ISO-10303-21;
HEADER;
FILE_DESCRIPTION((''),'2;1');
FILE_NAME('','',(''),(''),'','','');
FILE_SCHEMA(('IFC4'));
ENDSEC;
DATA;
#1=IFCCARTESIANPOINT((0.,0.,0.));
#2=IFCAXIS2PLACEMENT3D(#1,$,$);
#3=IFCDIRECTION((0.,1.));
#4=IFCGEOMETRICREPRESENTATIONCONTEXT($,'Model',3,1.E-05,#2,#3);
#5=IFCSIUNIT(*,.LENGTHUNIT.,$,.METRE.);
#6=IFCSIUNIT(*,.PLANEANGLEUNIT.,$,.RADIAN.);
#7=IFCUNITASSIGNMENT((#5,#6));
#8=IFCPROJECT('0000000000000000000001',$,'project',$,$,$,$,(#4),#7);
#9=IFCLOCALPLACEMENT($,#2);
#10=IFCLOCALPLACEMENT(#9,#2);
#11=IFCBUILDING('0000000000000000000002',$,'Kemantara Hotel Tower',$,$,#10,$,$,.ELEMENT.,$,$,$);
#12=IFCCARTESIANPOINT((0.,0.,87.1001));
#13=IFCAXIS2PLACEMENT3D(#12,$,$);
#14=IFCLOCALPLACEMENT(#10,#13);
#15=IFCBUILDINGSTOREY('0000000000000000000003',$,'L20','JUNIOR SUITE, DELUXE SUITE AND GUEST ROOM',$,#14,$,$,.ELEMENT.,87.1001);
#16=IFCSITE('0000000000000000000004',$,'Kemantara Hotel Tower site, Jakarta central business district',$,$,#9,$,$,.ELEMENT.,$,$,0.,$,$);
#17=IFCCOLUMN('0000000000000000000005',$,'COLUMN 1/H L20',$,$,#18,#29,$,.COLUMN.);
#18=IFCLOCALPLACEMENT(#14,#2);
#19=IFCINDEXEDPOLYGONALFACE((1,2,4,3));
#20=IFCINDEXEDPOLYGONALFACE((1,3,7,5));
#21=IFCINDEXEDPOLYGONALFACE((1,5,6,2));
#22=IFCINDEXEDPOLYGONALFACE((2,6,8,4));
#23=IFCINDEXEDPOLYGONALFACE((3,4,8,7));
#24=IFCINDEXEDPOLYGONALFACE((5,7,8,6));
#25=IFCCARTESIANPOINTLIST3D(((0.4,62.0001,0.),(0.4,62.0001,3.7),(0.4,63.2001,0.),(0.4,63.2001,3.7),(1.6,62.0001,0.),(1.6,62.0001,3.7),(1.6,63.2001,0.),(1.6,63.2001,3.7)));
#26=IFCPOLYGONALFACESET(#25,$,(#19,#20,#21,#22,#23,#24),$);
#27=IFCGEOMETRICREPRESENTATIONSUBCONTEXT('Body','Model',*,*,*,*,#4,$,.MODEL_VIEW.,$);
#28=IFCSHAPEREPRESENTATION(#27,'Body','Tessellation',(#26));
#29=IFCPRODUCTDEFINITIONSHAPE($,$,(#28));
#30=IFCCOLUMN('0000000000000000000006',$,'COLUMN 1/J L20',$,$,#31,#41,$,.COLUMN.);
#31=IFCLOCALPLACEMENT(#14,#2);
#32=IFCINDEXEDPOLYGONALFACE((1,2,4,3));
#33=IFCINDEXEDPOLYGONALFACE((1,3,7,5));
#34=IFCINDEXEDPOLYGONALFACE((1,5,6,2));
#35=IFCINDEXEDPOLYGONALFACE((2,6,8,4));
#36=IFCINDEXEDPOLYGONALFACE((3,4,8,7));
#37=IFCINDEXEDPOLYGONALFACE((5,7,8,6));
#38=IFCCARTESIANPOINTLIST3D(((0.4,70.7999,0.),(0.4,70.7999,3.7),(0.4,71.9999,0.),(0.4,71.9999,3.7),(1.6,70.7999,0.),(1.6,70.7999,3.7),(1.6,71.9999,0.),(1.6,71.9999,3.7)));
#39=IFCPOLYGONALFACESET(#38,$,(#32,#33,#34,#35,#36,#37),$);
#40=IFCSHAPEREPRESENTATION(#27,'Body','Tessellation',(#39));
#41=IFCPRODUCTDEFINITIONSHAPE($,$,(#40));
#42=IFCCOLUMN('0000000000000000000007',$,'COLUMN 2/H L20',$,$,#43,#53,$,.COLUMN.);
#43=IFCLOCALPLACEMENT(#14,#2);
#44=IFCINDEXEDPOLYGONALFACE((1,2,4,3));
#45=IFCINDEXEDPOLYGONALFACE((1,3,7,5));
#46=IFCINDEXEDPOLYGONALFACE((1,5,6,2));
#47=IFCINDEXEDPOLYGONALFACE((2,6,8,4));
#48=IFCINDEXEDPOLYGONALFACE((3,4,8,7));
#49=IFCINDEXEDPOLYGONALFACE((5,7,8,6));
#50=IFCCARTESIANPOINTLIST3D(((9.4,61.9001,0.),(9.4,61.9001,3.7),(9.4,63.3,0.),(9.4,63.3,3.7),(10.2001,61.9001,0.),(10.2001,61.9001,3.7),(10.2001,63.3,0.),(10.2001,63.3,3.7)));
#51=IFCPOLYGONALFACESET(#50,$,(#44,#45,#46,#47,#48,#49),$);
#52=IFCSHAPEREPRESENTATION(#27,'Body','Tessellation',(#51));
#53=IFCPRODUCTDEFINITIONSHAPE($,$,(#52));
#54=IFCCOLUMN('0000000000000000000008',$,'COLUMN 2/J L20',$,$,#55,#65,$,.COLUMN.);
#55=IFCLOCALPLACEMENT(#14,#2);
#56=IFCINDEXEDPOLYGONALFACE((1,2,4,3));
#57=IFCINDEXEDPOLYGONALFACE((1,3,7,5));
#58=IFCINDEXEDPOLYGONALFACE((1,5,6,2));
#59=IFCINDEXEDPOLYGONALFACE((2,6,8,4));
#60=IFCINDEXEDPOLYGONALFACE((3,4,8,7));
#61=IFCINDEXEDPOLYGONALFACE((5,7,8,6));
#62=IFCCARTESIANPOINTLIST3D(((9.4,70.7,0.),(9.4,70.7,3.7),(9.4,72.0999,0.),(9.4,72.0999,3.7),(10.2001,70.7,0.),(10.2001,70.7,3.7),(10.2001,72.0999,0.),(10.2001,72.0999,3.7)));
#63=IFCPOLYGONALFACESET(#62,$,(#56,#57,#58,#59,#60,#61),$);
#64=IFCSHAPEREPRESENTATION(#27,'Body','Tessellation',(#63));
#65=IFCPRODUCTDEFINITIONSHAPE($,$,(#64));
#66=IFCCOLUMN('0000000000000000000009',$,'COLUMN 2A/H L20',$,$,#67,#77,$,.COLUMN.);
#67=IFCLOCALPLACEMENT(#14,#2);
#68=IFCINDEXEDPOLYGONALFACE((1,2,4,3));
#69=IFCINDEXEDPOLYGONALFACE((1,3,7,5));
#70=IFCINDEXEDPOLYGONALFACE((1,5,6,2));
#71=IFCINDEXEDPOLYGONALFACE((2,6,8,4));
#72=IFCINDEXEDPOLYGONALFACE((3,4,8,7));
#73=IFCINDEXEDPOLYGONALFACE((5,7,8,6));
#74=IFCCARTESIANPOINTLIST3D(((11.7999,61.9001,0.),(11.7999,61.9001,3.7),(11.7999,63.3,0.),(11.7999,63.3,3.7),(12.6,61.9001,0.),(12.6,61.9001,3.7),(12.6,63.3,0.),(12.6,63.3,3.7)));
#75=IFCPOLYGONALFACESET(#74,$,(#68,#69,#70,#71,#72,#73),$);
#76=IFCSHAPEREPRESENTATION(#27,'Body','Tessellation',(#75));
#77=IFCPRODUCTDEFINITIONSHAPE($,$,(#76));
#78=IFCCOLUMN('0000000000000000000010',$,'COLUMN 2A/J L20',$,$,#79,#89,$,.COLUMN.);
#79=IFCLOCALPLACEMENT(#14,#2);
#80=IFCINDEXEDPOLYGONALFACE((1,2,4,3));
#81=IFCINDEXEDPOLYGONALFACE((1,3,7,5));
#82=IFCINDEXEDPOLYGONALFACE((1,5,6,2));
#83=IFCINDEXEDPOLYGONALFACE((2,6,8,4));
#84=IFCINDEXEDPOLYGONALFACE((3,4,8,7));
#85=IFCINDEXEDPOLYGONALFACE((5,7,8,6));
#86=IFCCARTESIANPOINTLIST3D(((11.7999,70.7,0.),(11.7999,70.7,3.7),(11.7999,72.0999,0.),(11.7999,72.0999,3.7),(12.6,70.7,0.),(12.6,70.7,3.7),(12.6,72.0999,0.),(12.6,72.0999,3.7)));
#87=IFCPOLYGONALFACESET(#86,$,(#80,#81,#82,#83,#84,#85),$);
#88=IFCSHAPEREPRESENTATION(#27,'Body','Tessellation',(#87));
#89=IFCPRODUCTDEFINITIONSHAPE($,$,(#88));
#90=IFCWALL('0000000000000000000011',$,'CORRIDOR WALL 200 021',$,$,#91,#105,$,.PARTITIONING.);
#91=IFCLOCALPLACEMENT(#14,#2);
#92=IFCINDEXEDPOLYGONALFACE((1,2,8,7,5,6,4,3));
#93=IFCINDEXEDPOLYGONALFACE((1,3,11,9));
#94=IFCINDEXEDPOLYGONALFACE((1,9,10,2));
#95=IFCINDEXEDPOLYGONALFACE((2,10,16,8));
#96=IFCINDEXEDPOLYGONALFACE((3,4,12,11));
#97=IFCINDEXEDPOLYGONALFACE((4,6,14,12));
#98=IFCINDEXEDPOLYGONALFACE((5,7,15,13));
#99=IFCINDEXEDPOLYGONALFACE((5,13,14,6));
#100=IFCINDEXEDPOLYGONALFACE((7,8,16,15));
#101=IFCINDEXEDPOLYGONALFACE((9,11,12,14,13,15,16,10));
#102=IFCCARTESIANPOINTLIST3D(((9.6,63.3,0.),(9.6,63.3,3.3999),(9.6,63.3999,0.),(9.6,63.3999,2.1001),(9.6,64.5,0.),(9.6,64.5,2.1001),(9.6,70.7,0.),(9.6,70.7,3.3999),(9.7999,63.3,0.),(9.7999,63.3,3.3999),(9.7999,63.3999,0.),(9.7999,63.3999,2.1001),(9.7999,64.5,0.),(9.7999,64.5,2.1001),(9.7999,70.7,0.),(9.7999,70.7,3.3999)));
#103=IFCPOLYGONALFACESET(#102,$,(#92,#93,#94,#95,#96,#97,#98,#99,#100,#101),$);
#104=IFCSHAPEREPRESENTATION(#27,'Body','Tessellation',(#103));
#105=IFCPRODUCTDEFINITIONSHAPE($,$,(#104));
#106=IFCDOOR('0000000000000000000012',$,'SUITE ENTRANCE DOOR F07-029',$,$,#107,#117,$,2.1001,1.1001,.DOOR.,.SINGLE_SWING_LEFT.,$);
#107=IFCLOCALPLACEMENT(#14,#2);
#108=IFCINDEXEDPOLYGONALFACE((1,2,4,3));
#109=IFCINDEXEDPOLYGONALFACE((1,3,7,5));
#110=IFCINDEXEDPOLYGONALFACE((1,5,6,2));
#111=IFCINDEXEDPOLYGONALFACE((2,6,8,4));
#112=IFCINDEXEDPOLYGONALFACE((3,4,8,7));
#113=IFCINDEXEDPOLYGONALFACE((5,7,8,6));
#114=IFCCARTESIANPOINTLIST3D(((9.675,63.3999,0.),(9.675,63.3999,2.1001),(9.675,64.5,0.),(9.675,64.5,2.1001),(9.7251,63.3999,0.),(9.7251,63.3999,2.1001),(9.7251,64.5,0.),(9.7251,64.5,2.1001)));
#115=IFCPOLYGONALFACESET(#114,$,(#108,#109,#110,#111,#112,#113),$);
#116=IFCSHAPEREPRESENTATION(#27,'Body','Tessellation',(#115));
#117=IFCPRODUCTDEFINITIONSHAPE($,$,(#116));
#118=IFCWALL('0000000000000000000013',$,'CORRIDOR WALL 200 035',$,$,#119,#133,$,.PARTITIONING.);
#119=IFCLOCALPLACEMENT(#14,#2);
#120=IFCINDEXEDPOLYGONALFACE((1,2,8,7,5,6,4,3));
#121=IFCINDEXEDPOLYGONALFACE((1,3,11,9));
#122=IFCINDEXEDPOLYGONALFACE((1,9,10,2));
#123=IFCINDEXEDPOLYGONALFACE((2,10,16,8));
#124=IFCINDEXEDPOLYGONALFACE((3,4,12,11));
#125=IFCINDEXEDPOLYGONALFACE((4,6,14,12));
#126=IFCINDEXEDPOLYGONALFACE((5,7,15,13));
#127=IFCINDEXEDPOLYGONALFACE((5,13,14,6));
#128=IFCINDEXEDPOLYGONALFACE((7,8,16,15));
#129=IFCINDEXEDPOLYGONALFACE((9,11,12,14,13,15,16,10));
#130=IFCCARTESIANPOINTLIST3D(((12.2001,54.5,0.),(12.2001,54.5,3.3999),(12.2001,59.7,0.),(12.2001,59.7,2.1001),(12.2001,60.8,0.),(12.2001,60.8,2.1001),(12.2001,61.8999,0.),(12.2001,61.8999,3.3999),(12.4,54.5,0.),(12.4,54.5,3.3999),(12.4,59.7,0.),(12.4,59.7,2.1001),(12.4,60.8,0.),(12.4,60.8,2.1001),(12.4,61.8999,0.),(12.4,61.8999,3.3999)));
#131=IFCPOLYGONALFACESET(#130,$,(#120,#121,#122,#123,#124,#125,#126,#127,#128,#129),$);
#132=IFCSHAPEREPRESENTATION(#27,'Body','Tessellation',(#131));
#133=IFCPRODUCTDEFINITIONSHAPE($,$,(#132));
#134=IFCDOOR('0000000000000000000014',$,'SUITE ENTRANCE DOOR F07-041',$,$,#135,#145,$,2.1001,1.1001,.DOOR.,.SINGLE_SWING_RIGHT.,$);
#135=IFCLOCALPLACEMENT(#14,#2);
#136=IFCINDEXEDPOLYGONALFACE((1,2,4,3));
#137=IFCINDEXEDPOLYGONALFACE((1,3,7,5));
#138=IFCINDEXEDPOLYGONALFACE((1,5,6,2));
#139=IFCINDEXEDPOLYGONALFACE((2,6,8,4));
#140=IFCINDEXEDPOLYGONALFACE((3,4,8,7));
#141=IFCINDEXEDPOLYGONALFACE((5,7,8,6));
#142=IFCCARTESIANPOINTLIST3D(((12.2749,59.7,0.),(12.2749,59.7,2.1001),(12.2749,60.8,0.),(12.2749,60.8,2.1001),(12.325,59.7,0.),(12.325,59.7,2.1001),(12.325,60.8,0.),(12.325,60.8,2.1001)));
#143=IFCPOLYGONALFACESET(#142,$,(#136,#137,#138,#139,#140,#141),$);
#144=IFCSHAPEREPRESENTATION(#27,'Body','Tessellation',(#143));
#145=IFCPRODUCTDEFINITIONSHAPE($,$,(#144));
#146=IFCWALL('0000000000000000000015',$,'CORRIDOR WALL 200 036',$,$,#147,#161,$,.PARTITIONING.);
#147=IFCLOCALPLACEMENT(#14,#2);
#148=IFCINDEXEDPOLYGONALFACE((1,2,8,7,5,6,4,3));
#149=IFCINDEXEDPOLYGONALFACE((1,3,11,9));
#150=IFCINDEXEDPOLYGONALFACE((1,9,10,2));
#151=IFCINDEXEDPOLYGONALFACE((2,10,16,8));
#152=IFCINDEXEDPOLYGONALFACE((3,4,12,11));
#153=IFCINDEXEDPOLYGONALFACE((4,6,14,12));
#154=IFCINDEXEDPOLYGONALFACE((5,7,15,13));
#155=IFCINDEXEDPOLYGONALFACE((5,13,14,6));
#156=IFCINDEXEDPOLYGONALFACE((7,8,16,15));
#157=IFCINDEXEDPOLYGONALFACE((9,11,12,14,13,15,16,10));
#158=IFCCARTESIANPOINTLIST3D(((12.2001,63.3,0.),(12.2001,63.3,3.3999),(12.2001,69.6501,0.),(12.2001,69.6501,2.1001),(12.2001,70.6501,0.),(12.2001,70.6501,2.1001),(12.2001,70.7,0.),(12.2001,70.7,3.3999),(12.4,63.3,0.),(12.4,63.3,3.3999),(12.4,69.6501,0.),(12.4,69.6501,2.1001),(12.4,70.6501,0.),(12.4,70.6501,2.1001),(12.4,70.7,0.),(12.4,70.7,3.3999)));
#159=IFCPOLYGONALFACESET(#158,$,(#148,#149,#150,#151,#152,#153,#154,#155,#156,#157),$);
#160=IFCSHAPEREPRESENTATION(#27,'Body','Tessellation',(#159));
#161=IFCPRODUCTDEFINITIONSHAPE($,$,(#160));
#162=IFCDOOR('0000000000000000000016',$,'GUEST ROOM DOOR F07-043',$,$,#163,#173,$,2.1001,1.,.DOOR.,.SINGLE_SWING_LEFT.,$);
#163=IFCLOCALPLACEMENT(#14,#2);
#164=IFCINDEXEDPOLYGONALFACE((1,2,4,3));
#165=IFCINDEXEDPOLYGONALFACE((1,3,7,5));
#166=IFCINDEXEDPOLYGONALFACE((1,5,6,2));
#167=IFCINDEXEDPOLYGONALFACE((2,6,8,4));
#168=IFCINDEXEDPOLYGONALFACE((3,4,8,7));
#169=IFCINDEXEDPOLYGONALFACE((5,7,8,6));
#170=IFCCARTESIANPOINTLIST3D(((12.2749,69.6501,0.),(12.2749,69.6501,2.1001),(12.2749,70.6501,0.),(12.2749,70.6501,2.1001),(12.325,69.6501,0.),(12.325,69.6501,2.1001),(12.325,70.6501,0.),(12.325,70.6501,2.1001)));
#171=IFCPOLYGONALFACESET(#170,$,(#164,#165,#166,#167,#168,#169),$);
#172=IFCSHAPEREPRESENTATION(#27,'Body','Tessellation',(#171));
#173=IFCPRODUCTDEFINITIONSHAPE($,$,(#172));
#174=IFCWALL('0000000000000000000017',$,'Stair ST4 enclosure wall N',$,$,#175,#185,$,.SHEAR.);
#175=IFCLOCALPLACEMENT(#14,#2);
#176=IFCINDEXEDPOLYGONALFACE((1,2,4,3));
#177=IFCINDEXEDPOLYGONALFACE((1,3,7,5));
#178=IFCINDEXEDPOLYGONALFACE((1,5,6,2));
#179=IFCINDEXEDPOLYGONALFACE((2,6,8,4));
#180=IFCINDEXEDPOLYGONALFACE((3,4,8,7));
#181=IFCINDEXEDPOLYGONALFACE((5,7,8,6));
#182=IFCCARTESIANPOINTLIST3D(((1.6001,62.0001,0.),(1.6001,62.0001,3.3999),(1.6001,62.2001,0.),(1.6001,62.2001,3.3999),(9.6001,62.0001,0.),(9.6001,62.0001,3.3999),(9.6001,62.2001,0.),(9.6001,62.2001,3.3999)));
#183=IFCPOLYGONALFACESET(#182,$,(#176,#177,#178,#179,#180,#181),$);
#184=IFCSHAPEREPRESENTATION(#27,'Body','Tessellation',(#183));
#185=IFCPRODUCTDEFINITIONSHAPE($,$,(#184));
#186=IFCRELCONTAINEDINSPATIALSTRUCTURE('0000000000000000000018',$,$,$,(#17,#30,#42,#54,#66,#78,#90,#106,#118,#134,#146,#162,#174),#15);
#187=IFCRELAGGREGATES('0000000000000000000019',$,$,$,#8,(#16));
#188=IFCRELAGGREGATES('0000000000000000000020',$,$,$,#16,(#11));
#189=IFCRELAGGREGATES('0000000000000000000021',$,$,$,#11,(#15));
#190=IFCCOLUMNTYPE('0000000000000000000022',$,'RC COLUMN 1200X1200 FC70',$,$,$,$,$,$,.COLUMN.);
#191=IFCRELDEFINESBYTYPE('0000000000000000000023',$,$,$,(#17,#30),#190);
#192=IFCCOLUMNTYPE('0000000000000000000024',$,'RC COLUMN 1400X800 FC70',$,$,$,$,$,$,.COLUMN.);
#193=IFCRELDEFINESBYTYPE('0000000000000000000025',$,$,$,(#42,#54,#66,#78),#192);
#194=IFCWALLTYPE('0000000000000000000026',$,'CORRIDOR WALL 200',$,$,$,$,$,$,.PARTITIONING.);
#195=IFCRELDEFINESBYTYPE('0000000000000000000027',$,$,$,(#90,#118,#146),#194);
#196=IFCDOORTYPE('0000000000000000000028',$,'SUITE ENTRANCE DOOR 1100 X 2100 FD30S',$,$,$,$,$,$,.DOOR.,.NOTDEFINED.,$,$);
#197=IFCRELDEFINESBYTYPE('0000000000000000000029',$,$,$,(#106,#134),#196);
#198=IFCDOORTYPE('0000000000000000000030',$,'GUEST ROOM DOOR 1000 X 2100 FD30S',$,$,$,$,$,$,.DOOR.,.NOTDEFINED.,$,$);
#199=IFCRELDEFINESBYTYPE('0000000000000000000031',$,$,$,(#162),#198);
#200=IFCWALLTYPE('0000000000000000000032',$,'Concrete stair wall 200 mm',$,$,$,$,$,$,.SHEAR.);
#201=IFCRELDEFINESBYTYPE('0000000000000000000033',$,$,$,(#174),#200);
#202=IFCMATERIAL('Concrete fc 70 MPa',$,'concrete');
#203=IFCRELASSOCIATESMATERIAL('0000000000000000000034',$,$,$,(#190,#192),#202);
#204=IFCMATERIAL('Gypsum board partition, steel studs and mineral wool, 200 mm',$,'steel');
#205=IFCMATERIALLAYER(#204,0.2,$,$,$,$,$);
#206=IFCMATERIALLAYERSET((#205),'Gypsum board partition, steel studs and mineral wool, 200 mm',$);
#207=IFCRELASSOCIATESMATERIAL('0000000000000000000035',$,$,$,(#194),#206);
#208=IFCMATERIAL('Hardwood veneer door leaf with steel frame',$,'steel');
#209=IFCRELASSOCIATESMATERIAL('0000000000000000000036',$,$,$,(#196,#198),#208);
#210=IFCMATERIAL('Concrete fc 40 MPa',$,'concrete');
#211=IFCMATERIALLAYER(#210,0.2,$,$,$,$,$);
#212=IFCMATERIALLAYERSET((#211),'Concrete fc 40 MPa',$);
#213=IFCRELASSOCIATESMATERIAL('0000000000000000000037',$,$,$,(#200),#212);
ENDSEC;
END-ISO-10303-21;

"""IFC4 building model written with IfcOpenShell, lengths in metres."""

from ifc_helpers import new_model, si_unit, direction, frame, frame_2d, origin, origin_2d, place, context, subcontext, project, spatial, rectangle, extrude, material, layer, layer_set, material_profile, profile_set, type_object, element, fill, save


model = new_model("IFC4")

# Units and contexts
model_context = context("Model", 3, precision=1e-05, world=origin(), true_north=direction((0.0, 1.0)))
body_context = subcontext(model_context, "Body", "Model", "MODEL_VIEW")
ifc_project = project(units=[si_unit("LENGTHUNIT", "METRE"), si_unit("PLANEANGLEUNIT", "RADIAN")], contexts=[model_context])

# Site, building, storey
site_placement = place(None, origin())
site = spatial("IfcSite", under=ifc_project, at=site_placement, Name="Kemantara Hotel Tower site, Jakarta central business district", CompositionType="ELEMENT", RefElevation=0.0)
building_placement = place(site_placement, origin())
building = spatial("IfcBuilding", under=site, at=building_placement, Name="Kemantara Hotel Tower", CompositionType="ELEMENT")
storey_placement = place(building_placement, frame((0.0, 0.0, 87.1001)))
storey = spatial("IfcBuildingStorey", under=building, at=storey_placement, Name="L20", Description="JUNIOR SUITE, DELUXE SUITE AND GUEST ROOM", CompositionType="ELEMENT", Elevation=87.1001)

# Columns
ifc_material_1 = material(Name="Concrete fc 70 MPa", Category="concrete")
ifc_material_profile_1 = material_profile(ifc_material_1, rectangle(XDim=1.2, YDim=1.2, at=origin_2d()), Name="RC 1200X1200")
ifc_profile_set_1 = profile_set([ifc_material_profile_1], Name="Concrete fc 70 MPa")
column_type_1 = type_object("IfcColumnType", Name="RC COLUMN 1200X1200 FC70", PredefinedType="COLUMN", material=ifc_profile_set_1)
for number, where, z_axis, x_axis, name in (
    (1, (1.0, 62.6001, 0.0), (0.0, 0.0, 1.0), (1.0, 0.0, 0.0), "COLUMN 1/H L20"),
    (2, (1.0, 71.3999, 0.0), (0.0, 0.0, 1.0), (1.0, 0.0, 0.0), "COLUMN 1/J L20"),
):
    element("IfcColumn", number, at=place(storey_placement, frame(where, z_axis=z_axis, x_axis=x_axis)), inside=storey, type_object=column_type_1, Name=name, PredefinedType="COLUMN", context=body_context, shape_type="SweptSolid", body=[
        extrude(rectangle(XDim=1.2, YDim=1.2, at=origin_2d()), origin(), (0.0, 0.0, 1.0), 3.7),
    ])
ifc_material_profile_2 = material_profile(ifc_material_1, rectangle(XDim=1.3999, YDim=0.8, at=origin_2d()), Name="RC 1400X800")
ifc_profile_set_2 = profile_set([ifc_material_profile_2], Name="Concrete fc 70 MPa")
column_type_2 = type_object("IfcColumnType", Name="RC COLUMN 1400X800 FC70", PredefinedType="COLUMN", material=ifc_profile_set_2)
for number, where, z_axis, x_axis, name in (
    (3, (9.8, 62.6001, 0.0), (0.0, 0.0, 1.0), (0.0, 1.0, 0.0), "COLUMN 2/H L20"),
    (4, (9.8, 71.3999, 0.0), (0.0, 0.0, 1.0), (0.0, 1.0, 0.0), "COLUMN 2/J L20"),
    (5, (12.2, 62.6001, 0.0), (0.0, 0.0, 1.0), (0.0, 1.0, 0.0), "COLUMN 2A/H L20"),
    (6, (12.2, 71.3999, 0.0), (0.0, 0.0, 1.0), (0.0, 1.0, 0.0), "COLUMN 2A/J L20"),
):
    element("IfcColumn", number, at=place(storey_placement, frame(where, z_axis=z_axis, x_axis=x_axis)), inside=storey, type_object=column_type_2, Name=name, PredefinedType="COLUMN", context=body_context, shape_type="SweptSolid", body=[
        extrude(rectangle(XDim=1.3999, YDim=0.8, at=origin_2d()), origin(), (0.0, 0.0, 1.0), 3.7),
    ])

# Walls, openings, doors
ifc_material_2 = material(Name="Gypsum board partition, steel studs and mineral wool, 200 mm", Category="steel")
ifc_layer_1 = layer(ifc_material_2, 0.2)
ifc_layer_set_1 = layer_set([ifc_layer_1], Name="Gypsum board partition, steel studs and mineral wool, 200 mm")
wall_type_1 = type_object("IfcWallType", Name="CORRIDOR WALL 200", PredefinedType="PARTITIONING", material=ifc_layer_set_1)
wall_1_placement = place(storey_placement, frame((9.7, 63.3, 0.0), z_axis=(0.0, 0.0, 1.0), x_axis=(0.0, 1.0, 0.0)))
wall_1 = element("IfcWall", 7, at=wall_1_placement, inside=storey, type_object=wall_type_1, Name="CORRIDOR WALL 200 021", PredefinedType="PARTITIONING", context=body_context, shape_type="SweptSolid", body=[
    extrude(rectangle(XDim=7.3999, YDim=0.2, at=frame_2d((3.7, 0.0))), origin(), (0.0, 0.0, 1.0), 3.3999),
])
opening_1_placement = place(wall_1_placement, frame((0.0999, 0.0, 0.0)))
opening_1 = element("IfcOpeningElement", 8, at=opening_1_placement, cuts=wall_1, PredefinedType="OPENING", context=body_context, shape_type="SweptSolid", body=[
    extrude(rectangle(XDim=1.1001, YDim=2.1001, at=frame_2d((0.55, 1.05))), frame((0.0, 0.1099, 0.0), z_axis=(0.0, -1.0, 0.0), x_axis=(1.0, 0.0, 0.0)), (0.0, 0.0, 1.0), 0.22),
])
ifc_material_3 = material(Name="Hardwood veneer door leaf with steel frame", Category="steel")
door_type_1 = type_object("IfcDoorType", Name="SUITE ENTRANCE DOOR 1100 X 2100 FD30S", OperationType="NOTDEFINED", PredefinedType="DOOR", material=ifc_material_3)
door_1_placement = place(opening_1_placement, origin())
door_1 = element("IfcDoor", 9, at=door_1_placement, inside=storey, type_object=door_type_1, Name="SUITE ENTRANCE DOOR F07-029", OperationType="SINGLE_SWING_LEFT", OverallHeight=2.1001, OverallWidth=1.1001, PredefinedType="DOOR", context=body_context, shape_type="SweptSolid", body=[
    extrude(rectangle(XDim=1.1001, YDim=2.1001, at=frame_2d((0.55, 1.05))), frame((0.0, 0.0249, 0.0), z_axis=(0.0, -1.0, 0.0), x_axis=(1.0, 0.0, 0.0)), (0.0, 0.0, 1.0), 0.05),
])
fill(opening_1, door_1)
wall_2_placement = place(storey_placement, frame((12.3, 61.8999, 0.0), z_axis=(0.0, 0.0, 1.0), x_axis=(0.0, -1.0, 0.0)))
wall_2 = element("IfcWall", 10, at=wall_2_placement, inside=storey, type_object=wall_type_1, Name="CORRIDOR WALL 200 035", PredefinedType="PARTITIONING", context=body_context, shape_type="SweptSolid", body=[
    extrude(rectangle(XDim=7.3999, YDim=0.2, at=frame_2d((3.7, 0.0))), origin(), (0.0, 0.0, 1.0), 3.3999),
])
opening_2_placement = place(wall_2_placement, frame((1.0999, 0.0, 0.0)))
opening_2 = element("IfcOpeningElement", 11, at=opening_2_placement, cuts=wall_2, PredefinedType="OPENING", context=body_context, shape_type="SweptSolid", body=[
    extrude(rectangle(XDim=1.1001, YDim=2.1001, at=frame_2d((0.55, 1.05))), frame((0.0, 0.1099, 0.0), z_axis=(0.0, -1.0, 0.0), x_axis=(1.0, 0.0, 0.0)), (0.0, 0.0, 1.0), 0.22),
])
door_2_placement = place(opening_2_placement, origin())
door_2 = element("IfcDoor", 12, at=door_2_placement, inside=storey, type_object=door_type_1, Name="SUITE ENTRANCE DOOR F07-041", OperationType="SINGLE_SWING_RIGHT", OverallHeight=2.1001, OverallWidth=1.1001, PredefinedType="DOOR", context=body_context, shape_type="SweptSolid", body=[
    extrude(rectangle(XDim=1.1001, YDim=2.1001, at=frame_2d((0.55, 1.05))), frame((0.0, 0.0249, 0.0), z_axis=(0.0, -1.0, 0.0), x_axis=(1.0, 0.0, 0.0)), (0.0, 0.0, 1.0), 0.05),
])
fill(opening_2, door_2)
wall_3_placement = place(storey_placement, frame((12.3, 70.7, 0.0), z_axis=(0.0, 0.0, 1.0), x_axis=(0.0, -1.0, 0.0)))
wall_3 = element("IfcWall", 13, at=wall_3_placement, inside=storey, type_object=wall_type_1, Name="CORRIDOR WALL 200 036", PredefinedType="PARTITIONING", context=body_context, shape_type="SweptSolid", body=[
    extrude(rectangle(XDim=7.3999, YDim=0.2, at=frame_2d((3.7, 0.0))), origin(), (0.0, 0.0, 1.0), 3.3999),
])
opening_3_placement = place(wall_3_placement, frame((0.0498, 0.0, 0.0)))
opening_3 = element("IfcOpeningElement", 14, at=opening_3_placement, cuts=wall_3, PredefinedType="OPENING", context=body_context, shape_type="SweptSolid", body=[
    extrude(rectangle(XDim=1.0, YDim=2.1001, at=frame_2d((0.5, 1.05))), frame((0.0, 0.1099, 0.0), z_axis=(0.0, -1.0, 0.0), x_axis=(1.0, 0.0, 0.0)), (0.0, 0.0, 1.0), 0.22),
])
door_type_2 = type_object("IfcDoorType", Name="GUEST ROOM DOOR 1000 X 2100 FD30S", OperationType="NOTDEFINED", PredefinedType="DOOR", material=ifc_material_3)
door_3_placement = place(opening_3_placement, origin())
door_3 = element("IfcDoor", 15, at=door_3_placement, inside=storey, type_object=door_type_2, Name="GUEST ROOM DOOR F07-043", OperationType="SINGLE_SWING_LEFT", OverallHeight=2.1001, OverallWidth=1.0, PredefinedType="DOOR", context=body_context, shape_type="SweptSolid", body=[
    extrude(rectangle(XDim=1.0, YDim=2.1001, at=frame_2d((0.5, 1.05))), frame((0.0, 0.0249, 0.0), z_axis=(0.0, -1.0, 0.0), x_axis=(1.0, 0.0, 0.0)), (0.0, 0.0, 1.0), 0.05),
])
fill(opening_3, door_3)

# Wall
ifc_material_4 = material(Name="Concrete fc 40 MPa", Category="concrete")
ifc_layer_2 = layer(ifc_material_4, 0.2)
ifc_layer_set_2 = layer_set([ifc_layer_2], Name="Concrete fc 40 MPa")
wall_type_2 = type_object("IfcWallType", Name="Concrete stair wall 200 mm", PredefinedType="SHEAR", material=ifc_layer_set_2)
wall_4_placement = place(storey_placement, frame((1.6001, 62.1001, 0.0), z_axis=(0.0, 0.0, 1.0), x_axis=(1.0, 0.0, 0.0)))
element("IfcWall", 16, at=wall_4_placement, inside=storey, type_object=wall_type_2, Name="Stair ST4 enclosure wall N", PredefinedType="SHEAR", context=body_context, shape_type="SweptSolid", body=[
    extrude(rectangle(XDim=8.0, YDim=0.2, at=frame_2d((4.0, 0.0))), origin(), (0.0, 0.0, 1.0), 3.3999),
])

save(model, "model.ifc")
